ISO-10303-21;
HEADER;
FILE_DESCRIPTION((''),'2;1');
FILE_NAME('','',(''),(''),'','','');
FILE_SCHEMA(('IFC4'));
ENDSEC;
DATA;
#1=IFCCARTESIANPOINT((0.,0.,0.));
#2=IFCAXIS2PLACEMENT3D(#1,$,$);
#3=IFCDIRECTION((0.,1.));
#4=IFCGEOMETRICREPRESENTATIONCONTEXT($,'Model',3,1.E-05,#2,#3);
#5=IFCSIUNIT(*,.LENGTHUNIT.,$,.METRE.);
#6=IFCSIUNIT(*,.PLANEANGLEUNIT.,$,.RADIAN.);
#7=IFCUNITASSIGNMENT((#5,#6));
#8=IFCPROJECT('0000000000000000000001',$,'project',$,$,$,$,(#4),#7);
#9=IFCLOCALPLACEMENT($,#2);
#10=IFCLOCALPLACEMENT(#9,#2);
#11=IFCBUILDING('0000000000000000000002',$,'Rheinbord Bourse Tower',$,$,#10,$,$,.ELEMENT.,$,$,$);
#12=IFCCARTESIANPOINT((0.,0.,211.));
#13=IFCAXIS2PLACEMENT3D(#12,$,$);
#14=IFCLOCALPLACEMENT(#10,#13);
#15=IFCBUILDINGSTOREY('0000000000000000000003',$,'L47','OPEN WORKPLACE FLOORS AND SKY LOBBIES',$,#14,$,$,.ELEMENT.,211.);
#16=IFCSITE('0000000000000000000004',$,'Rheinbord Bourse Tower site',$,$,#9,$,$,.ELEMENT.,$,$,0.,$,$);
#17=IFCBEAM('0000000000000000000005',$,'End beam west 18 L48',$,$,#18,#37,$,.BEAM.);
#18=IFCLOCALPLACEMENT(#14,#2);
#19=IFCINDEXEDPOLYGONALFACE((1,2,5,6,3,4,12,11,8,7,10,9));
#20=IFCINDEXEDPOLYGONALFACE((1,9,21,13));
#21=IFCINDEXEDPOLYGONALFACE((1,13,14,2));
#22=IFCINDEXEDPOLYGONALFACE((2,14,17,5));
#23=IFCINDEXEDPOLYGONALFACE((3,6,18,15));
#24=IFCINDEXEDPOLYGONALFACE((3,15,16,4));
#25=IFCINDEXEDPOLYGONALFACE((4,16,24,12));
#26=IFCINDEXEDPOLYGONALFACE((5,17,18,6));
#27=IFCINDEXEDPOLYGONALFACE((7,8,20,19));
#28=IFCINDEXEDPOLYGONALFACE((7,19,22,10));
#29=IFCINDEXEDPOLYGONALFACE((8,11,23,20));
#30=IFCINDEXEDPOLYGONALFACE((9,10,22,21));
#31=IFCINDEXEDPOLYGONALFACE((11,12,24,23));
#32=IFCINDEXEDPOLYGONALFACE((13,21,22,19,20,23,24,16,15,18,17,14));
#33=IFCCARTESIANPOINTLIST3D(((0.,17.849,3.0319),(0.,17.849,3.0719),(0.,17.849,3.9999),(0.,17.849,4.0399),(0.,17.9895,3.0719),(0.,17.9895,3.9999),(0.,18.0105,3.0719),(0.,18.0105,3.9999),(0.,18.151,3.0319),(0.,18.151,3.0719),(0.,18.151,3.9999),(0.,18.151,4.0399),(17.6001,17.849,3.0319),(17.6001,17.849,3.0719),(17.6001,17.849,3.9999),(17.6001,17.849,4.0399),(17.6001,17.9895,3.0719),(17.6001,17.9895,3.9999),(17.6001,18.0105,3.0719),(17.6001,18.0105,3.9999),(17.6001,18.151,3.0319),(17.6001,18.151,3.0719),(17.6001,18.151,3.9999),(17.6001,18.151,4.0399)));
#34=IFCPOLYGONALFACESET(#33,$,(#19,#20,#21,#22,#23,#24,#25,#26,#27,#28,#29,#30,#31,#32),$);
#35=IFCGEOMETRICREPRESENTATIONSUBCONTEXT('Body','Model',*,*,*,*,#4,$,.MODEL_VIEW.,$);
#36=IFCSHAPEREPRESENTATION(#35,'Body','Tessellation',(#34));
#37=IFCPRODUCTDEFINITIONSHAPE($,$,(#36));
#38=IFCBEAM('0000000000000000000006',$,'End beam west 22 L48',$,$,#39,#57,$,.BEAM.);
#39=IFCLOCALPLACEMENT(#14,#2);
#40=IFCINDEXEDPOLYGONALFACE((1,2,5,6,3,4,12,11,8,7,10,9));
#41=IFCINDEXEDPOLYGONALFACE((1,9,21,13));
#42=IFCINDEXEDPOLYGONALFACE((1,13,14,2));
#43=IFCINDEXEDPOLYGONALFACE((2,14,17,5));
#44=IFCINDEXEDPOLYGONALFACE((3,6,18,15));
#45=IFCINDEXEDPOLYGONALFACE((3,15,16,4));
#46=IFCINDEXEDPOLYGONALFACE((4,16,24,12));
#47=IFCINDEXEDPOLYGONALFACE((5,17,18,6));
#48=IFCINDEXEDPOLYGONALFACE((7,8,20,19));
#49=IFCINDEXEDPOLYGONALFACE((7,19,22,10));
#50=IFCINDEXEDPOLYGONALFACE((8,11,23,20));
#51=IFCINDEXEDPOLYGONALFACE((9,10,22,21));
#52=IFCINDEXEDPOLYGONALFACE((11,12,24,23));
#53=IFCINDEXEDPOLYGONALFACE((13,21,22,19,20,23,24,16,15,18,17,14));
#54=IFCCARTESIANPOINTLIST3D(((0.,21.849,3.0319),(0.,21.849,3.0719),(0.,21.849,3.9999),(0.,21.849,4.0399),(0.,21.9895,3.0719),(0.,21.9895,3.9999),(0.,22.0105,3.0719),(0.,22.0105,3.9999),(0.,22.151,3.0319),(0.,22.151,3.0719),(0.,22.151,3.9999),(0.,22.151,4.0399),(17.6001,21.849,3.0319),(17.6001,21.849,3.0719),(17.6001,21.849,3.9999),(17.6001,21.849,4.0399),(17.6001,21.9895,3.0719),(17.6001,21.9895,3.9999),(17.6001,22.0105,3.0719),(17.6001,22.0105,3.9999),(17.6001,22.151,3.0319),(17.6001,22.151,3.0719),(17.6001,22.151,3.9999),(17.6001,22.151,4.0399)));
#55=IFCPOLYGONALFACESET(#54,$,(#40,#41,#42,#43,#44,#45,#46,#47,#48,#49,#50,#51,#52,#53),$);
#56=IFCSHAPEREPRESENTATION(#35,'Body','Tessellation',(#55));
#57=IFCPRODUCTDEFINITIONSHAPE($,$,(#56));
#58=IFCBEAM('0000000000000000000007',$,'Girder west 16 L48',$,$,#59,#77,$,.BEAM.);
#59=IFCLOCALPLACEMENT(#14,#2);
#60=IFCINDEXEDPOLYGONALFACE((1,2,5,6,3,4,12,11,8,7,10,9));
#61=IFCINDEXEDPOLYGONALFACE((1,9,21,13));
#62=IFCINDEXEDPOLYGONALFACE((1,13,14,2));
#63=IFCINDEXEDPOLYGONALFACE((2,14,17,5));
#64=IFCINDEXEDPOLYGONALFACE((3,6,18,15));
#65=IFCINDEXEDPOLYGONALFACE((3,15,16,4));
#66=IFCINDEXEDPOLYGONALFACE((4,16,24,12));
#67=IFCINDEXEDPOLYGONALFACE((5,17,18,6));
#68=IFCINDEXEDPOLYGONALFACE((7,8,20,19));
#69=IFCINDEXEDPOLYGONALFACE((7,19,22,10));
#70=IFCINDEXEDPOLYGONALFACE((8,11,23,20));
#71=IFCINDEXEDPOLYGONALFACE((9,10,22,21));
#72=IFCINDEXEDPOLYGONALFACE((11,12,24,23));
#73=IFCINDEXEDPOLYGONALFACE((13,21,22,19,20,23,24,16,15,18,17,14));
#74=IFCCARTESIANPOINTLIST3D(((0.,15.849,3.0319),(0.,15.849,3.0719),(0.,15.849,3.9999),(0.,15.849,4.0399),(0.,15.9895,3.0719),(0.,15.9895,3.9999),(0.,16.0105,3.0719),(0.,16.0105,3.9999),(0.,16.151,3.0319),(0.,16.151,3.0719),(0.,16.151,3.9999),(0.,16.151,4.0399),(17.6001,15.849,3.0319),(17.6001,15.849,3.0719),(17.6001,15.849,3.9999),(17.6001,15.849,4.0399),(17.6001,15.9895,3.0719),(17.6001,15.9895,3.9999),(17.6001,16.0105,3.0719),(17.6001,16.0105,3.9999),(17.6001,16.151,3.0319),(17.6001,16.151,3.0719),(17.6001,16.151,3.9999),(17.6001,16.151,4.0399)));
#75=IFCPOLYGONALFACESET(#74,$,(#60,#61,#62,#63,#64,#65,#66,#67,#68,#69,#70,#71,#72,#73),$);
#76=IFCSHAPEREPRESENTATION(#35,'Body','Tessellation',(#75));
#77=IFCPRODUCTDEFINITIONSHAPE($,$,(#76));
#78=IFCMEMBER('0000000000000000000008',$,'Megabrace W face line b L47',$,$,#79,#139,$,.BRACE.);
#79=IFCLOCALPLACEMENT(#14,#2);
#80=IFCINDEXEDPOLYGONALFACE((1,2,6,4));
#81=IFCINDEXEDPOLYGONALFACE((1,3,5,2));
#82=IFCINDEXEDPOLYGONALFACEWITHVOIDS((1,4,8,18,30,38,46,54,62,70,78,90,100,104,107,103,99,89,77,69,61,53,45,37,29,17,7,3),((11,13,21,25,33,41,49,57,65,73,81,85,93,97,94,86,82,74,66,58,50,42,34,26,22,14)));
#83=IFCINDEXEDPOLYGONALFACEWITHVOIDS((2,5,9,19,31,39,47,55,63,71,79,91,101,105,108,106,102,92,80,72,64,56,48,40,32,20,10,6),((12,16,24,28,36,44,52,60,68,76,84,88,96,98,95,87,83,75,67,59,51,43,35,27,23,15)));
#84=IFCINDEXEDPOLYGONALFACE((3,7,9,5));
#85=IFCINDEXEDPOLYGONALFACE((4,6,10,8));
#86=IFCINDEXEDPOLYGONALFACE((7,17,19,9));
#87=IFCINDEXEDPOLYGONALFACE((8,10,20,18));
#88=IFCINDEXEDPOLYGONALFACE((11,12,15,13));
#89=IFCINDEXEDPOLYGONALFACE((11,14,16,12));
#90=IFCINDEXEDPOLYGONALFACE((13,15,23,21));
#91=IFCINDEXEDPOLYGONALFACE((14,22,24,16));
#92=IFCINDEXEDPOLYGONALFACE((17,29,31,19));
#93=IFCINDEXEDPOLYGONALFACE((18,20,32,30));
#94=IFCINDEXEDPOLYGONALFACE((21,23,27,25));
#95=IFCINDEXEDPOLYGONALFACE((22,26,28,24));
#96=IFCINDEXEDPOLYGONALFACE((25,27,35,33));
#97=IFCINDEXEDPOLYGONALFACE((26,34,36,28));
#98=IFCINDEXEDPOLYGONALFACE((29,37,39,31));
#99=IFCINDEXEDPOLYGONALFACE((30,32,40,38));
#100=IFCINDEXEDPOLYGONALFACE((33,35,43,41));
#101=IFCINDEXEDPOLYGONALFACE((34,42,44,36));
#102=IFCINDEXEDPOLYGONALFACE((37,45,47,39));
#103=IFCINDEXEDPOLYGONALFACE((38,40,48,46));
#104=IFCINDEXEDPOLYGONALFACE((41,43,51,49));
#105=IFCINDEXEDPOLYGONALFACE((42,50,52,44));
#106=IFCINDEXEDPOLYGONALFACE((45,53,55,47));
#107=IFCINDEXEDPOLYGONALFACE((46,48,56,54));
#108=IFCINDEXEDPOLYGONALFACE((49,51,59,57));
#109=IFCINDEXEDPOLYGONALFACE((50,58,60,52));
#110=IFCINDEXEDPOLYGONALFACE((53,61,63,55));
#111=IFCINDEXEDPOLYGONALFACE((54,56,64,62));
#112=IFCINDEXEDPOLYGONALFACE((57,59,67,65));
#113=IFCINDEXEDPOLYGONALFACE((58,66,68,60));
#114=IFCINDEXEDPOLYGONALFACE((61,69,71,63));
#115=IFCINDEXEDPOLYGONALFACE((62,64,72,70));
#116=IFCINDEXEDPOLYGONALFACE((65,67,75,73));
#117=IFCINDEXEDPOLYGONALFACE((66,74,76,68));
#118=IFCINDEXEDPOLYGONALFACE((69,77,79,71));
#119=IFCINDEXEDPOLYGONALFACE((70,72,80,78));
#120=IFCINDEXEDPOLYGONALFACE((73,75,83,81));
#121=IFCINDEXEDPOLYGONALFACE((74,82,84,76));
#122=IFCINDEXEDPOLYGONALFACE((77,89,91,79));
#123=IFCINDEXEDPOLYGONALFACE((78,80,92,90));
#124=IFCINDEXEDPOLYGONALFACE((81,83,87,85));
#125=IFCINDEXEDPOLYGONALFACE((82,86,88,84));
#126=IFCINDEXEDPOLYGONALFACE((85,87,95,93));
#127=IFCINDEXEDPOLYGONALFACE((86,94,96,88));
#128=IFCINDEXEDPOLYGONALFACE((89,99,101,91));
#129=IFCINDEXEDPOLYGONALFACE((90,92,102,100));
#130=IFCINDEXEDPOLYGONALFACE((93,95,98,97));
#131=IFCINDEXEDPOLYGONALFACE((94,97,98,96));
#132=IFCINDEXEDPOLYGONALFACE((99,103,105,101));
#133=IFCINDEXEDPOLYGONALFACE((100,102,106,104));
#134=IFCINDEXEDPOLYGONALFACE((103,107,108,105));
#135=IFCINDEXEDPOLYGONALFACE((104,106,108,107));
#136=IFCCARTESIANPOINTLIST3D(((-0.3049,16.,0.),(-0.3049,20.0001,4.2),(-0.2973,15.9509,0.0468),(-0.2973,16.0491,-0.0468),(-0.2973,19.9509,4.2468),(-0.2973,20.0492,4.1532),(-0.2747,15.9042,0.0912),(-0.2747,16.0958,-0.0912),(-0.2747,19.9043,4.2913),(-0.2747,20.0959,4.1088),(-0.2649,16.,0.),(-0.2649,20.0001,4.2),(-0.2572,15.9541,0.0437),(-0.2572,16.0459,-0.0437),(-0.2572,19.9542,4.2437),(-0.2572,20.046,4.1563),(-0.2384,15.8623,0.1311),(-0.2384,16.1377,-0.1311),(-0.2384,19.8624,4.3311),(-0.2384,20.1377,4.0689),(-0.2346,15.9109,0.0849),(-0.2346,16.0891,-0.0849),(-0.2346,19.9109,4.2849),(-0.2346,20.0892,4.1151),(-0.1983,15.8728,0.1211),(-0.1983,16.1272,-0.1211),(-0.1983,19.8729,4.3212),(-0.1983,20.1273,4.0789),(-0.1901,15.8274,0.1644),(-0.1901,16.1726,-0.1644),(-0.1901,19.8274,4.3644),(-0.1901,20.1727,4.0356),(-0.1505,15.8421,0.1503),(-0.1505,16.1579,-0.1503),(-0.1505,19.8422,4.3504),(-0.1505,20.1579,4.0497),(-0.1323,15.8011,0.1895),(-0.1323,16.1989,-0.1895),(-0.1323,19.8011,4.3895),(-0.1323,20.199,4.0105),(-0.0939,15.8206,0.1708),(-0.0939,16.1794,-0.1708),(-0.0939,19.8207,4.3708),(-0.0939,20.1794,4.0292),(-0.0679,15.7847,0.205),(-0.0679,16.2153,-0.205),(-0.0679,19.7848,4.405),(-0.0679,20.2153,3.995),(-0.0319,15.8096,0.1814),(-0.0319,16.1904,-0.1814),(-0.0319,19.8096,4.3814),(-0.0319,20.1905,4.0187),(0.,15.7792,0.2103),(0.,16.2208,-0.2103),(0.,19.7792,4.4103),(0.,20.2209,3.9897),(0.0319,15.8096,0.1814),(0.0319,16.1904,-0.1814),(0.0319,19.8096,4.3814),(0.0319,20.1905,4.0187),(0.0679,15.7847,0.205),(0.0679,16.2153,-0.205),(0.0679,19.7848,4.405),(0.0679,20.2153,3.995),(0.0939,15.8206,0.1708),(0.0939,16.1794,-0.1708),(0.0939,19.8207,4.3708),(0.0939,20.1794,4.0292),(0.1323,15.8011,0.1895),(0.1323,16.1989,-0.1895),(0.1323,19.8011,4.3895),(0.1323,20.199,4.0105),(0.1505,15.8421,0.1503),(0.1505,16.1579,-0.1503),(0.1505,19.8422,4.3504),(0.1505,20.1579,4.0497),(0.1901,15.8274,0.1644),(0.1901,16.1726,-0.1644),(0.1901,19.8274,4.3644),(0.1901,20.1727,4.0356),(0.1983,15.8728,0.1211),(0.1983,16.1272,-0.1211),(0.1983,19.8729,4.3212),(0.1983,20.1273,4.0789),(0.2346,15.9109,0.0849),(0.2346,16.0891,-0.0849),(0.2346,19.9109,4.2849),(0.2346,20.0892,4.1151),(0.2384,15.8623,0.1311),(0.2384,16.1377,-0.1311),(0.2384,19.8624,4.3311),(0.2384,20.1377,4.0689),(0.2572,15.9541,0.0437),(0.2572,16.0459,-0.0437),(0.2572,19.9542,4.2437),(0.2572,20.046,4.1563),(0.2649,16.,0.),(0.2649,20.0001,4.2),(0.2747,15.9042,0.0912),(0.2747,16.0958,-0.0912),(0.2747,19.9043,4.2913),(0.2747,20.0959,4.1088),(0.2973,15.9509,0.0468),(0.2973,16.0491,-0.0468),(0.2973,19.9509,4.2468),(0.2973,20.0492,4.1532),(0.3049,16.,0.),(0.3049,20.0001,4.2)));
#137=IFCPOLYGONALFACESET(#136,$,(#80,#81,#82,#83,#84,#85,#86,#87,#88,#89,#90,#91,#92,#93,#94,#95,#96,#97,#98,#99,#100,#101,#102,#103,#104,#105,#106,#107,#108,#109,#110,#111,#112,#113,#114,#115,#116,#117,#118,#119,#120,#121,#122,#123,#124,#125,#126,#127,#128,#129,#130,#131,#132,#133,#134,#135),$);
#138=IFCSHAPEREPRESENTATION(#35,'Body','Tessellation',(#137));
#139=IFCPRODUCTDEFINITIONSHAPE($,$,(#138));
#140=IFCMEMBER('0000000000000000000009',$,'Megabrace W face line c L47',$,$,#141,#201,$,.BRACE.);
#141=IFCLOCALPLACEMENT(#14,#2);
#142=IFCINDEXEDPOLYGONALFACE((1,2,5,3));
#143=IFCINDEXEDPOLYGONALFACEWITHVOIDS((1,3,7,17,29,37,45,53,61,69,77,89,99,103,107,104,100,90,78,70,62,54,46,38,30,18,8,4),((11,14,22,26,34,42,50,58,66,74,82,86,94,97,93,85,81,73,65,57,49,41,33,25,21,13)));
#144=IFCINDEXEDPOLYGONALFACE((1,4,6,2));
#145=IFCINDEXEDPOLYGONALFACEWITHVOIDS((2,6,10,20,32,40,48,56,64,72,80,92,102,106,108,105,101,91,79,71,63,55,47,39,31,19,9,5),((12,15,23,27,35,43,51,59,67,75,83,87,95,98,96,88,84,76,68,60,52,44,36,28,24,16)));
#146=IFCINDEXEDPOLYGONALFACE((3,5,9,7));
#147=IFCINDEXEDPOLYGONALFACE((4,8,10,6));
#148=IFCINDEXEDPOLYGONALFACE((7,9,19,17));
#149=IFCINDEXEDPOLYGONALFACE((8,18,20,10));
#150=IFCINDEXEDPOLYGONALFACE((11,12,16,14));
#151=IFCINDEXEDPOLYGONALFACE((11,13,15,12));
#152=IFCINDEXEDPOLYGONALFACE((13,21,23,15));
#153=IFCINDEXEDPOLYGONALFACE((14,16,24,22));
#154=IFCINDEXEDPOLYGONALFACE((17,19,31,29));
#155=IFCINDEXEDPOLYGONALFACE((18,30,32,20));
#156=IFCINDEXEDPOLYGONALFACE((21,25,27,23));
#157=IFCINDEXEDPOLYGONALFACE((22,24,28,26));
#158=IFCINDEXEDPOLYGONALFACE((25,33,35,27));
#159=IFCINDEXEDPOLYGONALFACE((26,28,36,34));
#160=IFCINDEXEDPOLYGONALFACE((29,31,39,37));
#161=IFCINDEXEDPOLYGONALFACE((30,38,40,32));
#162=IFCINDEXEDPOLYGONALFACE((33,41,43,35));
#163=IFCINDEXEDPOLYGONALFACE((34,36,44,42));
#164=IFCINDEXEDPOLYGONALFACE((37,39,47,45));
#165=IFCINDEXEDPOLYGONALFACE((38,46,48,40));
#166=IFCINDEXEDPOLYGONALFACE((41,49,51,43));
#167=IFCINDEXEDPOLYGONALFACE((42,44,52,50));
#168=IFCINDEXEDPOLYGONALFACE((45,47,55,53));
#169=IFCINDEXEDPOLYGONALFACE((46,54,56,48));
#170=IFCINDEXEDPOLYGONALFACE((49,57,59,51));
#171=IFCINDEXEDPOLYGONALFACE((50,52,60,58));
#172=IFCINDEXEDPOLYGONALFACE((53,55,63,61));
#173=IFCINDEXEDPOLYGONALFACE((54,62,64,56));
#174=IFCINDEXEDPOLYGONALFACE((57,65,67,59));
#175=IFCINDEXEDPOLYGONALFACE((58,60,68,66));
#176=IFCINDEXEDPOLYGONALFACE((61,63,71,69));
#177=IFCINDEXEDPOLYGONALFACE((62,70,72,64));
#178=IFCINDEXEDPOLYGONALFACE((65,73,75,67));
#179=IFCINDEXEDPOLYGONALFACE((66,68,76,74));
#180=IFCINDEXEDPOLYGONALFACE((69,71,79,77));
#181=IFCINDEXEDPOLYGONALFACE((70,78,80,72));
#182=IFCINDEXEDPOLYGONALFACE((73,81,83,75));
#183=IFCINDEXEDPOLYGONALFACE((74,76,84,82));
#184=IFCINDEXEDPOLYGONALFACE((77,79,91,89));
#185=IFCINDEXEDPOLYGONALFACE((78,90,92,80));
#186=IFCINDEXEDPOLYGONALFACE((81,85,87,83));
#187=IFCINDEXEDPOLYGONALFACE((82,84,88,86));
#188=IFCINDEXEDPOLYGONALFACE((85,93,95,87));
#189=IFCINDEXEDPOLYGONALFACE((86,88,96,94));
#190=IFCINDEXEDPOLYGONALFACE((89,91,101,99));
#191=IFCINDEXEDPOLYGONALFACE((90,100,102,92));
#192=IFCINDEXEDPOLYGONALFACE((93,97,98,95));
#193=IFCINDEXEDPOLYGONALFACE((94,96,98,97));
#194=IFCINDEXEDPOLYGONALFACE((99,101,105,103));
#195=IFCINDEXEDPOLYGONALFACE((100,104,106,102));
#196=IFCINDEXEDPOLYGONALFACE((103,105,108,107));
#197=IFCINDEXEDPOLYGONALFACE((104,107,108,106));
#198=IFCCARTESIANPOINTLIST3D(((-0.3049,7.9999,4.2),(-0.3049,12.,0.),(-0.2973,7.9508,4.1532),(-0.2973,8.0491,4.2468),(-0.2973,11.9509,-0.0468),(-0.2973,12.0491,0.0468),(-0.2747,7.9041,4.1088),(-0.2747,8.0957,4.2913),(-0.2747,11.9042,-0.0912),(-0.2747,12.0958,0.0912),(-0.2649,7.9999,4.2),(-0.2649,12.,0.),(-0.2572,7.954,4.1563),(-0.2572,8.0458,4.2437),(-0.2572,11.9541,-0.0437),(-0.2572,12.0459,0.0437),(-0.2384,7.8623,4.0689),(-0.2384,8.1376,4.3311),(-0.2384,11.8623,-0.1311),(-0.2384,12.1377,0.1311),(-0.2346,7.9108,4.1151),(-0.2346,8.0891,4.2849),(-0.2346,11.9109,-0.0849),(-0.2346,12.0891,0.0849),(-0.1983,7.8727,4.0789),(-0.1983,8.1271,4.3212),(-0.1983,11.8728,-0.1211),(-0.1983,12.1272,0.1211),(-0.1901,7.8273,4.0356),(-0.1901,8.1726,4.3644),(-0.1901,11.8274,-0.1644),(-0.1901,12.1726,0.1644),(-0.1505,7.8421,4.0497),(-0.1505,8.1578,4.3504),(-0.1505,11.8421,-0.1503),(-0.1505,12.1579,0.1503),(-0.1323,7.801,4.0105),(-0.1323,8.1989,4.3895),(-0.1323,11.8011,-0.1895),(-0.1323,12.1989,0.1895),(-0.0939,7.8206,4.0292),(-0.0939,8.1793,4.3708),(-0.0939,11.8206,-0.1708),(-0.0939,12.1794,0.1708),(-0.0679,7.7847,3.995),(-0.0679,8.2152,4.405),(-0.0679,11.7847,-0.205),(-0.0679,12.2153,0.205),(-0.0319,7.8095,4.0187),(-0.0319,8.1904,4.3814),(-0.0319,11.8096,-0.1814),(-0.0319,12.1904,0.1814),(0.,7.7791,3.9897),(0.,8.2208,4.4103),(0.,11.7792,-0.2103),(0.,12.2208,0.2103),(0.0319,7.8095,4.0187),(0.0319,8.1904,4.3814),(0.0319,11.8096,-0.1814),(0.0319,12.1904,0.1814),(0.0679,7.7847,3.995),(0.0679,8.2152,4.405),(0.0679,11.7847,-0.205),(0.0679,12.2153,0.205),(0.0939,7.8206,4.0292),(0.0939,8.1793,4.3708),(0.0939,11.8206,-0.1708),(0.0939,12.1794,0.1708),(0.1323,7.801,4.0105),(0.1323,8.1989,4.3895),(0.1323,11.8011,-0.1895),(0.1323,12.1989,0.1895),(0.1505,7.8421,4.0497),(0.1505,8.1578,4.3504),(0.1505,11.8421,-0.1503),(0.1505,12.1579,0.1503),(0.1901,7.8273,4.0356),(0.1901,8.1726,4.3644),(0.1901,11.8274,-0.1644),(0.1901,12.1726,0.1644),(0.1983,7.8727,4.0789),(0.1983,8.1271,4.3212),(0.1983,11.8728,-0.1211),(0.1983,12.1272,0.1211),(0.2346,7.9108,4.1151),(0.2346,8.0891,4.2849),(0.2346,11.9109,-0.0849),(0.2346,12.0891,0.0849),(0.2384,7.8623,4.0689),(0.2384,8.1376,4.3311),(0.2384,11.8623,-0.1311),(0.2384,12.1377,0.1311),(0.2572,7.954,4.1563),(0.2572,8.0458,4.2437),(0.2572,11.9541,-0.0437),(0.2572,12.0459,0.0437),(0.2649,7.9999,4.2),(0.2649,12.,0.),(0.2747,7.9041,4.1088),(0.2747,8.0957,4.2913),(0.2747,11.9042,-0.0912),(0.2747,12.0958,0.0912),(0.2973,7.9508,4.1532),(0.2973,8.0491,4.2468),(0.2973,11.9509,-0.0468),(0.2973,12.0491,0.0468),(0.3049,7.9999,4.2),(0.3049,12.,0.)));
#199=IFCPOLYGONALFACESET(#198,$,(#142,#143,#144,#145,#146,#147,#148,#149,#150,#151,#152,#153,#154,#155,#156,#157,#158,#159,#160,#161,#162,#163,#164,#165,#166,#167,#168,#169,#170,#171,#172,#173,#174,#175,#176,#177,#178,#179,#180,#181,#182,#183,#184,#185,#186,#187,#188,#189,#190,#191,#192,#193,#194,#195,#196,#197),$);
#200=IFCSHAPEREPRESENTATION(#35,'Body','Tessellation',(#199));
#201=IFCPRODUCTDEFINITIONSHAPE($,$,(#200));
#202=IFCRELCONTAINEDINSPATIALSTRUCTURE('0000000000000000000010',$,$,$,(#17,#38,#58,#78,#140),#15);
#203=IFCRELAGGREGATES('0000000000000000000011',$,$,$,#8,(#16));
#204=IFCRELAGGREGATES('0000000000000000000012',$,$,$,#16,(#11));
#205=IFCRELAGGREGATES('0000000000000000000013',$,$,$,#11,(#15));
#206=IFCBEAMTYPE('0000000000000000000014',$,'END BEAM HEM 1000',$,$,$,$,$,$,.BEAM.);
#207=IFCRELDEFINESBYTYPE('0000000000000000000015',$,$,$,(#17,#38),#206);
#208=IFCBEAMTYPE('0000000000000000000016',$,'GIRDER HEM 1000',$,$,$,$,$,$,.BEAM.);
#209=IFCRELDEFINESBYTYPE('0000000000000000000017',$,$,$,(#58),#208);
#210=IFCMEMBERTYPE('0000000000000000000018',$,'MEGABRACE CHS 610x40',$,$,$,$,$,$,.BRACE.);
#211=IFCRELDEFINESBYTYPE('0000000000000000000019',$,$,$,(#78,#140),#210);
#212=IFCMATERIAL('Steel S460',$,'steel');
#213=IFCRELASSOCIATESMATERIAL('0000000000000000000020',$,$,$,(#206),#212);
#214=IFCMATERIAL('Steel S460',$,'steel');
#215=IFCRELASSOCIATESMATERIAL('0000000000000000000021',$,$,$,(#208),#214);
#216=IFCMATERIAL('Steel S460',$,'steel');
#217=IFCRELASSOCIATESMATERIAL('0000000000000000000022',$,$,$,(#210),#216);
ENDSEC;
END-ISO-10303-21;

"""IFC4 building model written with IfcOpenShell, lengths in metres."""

from ifc_helpers import new_model, si_unit, direction, frame, origin, origin_2d, place, context, subcontext, project, spatial, hollow_circle, i_section, extrude, material, material_profile, profile_set, type_object, element, save


model = new_model("IFC4")

# Units and contexts
model_context = context("Model", 3, precision=1e-05, world=origin(), true_north=direction((0.0, 1.0)))
body_context = subcontext(model_context, "Body", "Model", "MODEL_VIEW")
ifc_project = project(units=[si_unit("LENGTHUNIT", "METRE"), si_unit("PLANEANGLEUNIT", "RADIAN")], contexts=[model_context])

# Site, building, storey
site_placement = place(None, origin())
site = spatial("IfcSite", under=ifc_project, at=site_placement, Name="Rheinbord Bourse Tower site", CompositionType="ELEMENT", RefElevation=0.0)
building_placement = place(site_placement, origin())
building = spatial("IfcBuilding", under=site, at=building_placement, Name="Rheinbord Bourse Tower", CompositionType="ELEMENT")
storey_placement = place(building_placement, frame((0.0, 0.0, 211.0)))
storey = spatial("IfcBuildingStorey", under=building, at=storey_placement, Name="L47", Description="OPEN WORKPLACE FLOORS AND SKY LOBBIES", CompositionType="ELEMENT", Elevation=211.0)

# Beams
ifc_material_1 = material(Name="Steel S460", Category="steel")
ifc_material_profile_1 = material_profile(ifc_material_1, i_section(OverallWidth=0.302, OverallDepth=1.0081, WebThickness=0.021, FlangeThickness=0.04, at=origin_2d()), Name="HEM 1000")
ifc_profile_set_1 = profile_set([ifc_material_profile_1], Name="Steel S460")
beam_type_1 = type_object("IfcBeamType", Name="END BEAM HEM 1000", PredefinedType="BEAM", material=ifc_profile_set_1)
for number, where, z_axis, x_axis, name in (
    (1, (0.0, 18.0, 3.5359), (1.0, 0.0, 0.0), (0.0, 1.0, 0.0), "End beam west 18 L48"),
    (2, (0.0, 22.0, 3.5359), (1.0, 0.0, 0.0), (0.0, 1.0, 0.0), "End beam west 22 L48"),
):
    element("IfcBeam", number, at=place(storey_placement, frame(where, z_axis=z_axis, x_axis=x_axis)), inside=storey, type_object=beam_type_1, Name=name, PredefinedType="BEAM", context=body_context, shape_type="SweptSolid", body=[
        extrude(i_section(OverallWidth=0.302, OverallDepth=1.0081, WebThickness=0.021, FlangeThickness=0.04, at=origin_2d()), origin(), (0.0, 0.0, 1.0), 17.6001),
    ])
ifc_material_2 = material(Name="Steel S460", Category="steel")
ifc_material_profile_2 = material_profile(ifc_material_2, i_section(OverallWidth=0.302, OverallDepth=1.0081, WebThickness=0.021, FlangeThickness=0.04, at=origin_2d()), Name="HEM 1000")
ifc_profile_set_2 = profile_set([ifc_material_profile_2], Name="Steel S460")
beam_type_2 = type_object("IfcBeamType", Name="GIRDER HEM 1000", PredefinedType="BEAM", material=ifc_profile_set_2)
beam_1_placement = place(storey_placement, frame((0.0, 16.0, 3.5359), z_axis=(1.0, 0.0, 0.0), x_axis=(0.0, 1.0, 0.0)))
element("IfcBeam", 3, at=beam_1_placement, inside=storey, type_object=beam_type_2, Name="Girder west 16 L48", PredefinedType="BEAM", context=body_context, shape_type="SweptSolid", body=[
    extrude(i_section(OverallWidth=0.302, OverallDepth=1.0081, WebThickness=0.021, FlangeThickness=0.04, at=origin_2d()), origin(), (0.0, 0.0, 1.0), 17.6001),
])

# Members
ifc_material_3 = material(Name="Steel S460", Category="steel")
ifc_material_profile_3 = material_profile(ifc_material_3, hollow_circle(Radius=0.3049, WallThickness=0.04, at=origin_2d()), Name="CHS 610x40")
ifc_profile_set_3 = profile_set([ifc_material_profile_3], Name="Steel S460")
member_type_1 = type_object("IfcMemberType", Name="MEGABRACE CHS 610x40", PredefinedType="BRACE", material=ifc_profile_set_3)
for number, where, z_axis, x_axis, name in (
    (4, (0.0, 16.0, 0.0), (0.0, 0.689659, 0.724134), (-1.0, 0.0, 0.0), "Megabrace W face line b L47"),
    (5, (0.0, 12.0, 0.0), (0.0, -0.689659, 0.724134), (1.0, 0.0, 0.0), "Megabrace W face line c L47"),
):
    element("IfcMember", number, at=place(storey_placement, frame(where, z_axis=z_axis, x_axis=x_axis)), inside=storey, type_object=member_type_1, Name=name, PredefinedType="BRACE", context=body_context, shape_type="SweptSolid", body=[
        extrude(hollow_circle(Radius=0.3049, WallThickness=0.04, at=origin_2d()), origin(), (0.0, 0.0, 1.0), 5.8),
    ])

save(model, "model.ifc")
